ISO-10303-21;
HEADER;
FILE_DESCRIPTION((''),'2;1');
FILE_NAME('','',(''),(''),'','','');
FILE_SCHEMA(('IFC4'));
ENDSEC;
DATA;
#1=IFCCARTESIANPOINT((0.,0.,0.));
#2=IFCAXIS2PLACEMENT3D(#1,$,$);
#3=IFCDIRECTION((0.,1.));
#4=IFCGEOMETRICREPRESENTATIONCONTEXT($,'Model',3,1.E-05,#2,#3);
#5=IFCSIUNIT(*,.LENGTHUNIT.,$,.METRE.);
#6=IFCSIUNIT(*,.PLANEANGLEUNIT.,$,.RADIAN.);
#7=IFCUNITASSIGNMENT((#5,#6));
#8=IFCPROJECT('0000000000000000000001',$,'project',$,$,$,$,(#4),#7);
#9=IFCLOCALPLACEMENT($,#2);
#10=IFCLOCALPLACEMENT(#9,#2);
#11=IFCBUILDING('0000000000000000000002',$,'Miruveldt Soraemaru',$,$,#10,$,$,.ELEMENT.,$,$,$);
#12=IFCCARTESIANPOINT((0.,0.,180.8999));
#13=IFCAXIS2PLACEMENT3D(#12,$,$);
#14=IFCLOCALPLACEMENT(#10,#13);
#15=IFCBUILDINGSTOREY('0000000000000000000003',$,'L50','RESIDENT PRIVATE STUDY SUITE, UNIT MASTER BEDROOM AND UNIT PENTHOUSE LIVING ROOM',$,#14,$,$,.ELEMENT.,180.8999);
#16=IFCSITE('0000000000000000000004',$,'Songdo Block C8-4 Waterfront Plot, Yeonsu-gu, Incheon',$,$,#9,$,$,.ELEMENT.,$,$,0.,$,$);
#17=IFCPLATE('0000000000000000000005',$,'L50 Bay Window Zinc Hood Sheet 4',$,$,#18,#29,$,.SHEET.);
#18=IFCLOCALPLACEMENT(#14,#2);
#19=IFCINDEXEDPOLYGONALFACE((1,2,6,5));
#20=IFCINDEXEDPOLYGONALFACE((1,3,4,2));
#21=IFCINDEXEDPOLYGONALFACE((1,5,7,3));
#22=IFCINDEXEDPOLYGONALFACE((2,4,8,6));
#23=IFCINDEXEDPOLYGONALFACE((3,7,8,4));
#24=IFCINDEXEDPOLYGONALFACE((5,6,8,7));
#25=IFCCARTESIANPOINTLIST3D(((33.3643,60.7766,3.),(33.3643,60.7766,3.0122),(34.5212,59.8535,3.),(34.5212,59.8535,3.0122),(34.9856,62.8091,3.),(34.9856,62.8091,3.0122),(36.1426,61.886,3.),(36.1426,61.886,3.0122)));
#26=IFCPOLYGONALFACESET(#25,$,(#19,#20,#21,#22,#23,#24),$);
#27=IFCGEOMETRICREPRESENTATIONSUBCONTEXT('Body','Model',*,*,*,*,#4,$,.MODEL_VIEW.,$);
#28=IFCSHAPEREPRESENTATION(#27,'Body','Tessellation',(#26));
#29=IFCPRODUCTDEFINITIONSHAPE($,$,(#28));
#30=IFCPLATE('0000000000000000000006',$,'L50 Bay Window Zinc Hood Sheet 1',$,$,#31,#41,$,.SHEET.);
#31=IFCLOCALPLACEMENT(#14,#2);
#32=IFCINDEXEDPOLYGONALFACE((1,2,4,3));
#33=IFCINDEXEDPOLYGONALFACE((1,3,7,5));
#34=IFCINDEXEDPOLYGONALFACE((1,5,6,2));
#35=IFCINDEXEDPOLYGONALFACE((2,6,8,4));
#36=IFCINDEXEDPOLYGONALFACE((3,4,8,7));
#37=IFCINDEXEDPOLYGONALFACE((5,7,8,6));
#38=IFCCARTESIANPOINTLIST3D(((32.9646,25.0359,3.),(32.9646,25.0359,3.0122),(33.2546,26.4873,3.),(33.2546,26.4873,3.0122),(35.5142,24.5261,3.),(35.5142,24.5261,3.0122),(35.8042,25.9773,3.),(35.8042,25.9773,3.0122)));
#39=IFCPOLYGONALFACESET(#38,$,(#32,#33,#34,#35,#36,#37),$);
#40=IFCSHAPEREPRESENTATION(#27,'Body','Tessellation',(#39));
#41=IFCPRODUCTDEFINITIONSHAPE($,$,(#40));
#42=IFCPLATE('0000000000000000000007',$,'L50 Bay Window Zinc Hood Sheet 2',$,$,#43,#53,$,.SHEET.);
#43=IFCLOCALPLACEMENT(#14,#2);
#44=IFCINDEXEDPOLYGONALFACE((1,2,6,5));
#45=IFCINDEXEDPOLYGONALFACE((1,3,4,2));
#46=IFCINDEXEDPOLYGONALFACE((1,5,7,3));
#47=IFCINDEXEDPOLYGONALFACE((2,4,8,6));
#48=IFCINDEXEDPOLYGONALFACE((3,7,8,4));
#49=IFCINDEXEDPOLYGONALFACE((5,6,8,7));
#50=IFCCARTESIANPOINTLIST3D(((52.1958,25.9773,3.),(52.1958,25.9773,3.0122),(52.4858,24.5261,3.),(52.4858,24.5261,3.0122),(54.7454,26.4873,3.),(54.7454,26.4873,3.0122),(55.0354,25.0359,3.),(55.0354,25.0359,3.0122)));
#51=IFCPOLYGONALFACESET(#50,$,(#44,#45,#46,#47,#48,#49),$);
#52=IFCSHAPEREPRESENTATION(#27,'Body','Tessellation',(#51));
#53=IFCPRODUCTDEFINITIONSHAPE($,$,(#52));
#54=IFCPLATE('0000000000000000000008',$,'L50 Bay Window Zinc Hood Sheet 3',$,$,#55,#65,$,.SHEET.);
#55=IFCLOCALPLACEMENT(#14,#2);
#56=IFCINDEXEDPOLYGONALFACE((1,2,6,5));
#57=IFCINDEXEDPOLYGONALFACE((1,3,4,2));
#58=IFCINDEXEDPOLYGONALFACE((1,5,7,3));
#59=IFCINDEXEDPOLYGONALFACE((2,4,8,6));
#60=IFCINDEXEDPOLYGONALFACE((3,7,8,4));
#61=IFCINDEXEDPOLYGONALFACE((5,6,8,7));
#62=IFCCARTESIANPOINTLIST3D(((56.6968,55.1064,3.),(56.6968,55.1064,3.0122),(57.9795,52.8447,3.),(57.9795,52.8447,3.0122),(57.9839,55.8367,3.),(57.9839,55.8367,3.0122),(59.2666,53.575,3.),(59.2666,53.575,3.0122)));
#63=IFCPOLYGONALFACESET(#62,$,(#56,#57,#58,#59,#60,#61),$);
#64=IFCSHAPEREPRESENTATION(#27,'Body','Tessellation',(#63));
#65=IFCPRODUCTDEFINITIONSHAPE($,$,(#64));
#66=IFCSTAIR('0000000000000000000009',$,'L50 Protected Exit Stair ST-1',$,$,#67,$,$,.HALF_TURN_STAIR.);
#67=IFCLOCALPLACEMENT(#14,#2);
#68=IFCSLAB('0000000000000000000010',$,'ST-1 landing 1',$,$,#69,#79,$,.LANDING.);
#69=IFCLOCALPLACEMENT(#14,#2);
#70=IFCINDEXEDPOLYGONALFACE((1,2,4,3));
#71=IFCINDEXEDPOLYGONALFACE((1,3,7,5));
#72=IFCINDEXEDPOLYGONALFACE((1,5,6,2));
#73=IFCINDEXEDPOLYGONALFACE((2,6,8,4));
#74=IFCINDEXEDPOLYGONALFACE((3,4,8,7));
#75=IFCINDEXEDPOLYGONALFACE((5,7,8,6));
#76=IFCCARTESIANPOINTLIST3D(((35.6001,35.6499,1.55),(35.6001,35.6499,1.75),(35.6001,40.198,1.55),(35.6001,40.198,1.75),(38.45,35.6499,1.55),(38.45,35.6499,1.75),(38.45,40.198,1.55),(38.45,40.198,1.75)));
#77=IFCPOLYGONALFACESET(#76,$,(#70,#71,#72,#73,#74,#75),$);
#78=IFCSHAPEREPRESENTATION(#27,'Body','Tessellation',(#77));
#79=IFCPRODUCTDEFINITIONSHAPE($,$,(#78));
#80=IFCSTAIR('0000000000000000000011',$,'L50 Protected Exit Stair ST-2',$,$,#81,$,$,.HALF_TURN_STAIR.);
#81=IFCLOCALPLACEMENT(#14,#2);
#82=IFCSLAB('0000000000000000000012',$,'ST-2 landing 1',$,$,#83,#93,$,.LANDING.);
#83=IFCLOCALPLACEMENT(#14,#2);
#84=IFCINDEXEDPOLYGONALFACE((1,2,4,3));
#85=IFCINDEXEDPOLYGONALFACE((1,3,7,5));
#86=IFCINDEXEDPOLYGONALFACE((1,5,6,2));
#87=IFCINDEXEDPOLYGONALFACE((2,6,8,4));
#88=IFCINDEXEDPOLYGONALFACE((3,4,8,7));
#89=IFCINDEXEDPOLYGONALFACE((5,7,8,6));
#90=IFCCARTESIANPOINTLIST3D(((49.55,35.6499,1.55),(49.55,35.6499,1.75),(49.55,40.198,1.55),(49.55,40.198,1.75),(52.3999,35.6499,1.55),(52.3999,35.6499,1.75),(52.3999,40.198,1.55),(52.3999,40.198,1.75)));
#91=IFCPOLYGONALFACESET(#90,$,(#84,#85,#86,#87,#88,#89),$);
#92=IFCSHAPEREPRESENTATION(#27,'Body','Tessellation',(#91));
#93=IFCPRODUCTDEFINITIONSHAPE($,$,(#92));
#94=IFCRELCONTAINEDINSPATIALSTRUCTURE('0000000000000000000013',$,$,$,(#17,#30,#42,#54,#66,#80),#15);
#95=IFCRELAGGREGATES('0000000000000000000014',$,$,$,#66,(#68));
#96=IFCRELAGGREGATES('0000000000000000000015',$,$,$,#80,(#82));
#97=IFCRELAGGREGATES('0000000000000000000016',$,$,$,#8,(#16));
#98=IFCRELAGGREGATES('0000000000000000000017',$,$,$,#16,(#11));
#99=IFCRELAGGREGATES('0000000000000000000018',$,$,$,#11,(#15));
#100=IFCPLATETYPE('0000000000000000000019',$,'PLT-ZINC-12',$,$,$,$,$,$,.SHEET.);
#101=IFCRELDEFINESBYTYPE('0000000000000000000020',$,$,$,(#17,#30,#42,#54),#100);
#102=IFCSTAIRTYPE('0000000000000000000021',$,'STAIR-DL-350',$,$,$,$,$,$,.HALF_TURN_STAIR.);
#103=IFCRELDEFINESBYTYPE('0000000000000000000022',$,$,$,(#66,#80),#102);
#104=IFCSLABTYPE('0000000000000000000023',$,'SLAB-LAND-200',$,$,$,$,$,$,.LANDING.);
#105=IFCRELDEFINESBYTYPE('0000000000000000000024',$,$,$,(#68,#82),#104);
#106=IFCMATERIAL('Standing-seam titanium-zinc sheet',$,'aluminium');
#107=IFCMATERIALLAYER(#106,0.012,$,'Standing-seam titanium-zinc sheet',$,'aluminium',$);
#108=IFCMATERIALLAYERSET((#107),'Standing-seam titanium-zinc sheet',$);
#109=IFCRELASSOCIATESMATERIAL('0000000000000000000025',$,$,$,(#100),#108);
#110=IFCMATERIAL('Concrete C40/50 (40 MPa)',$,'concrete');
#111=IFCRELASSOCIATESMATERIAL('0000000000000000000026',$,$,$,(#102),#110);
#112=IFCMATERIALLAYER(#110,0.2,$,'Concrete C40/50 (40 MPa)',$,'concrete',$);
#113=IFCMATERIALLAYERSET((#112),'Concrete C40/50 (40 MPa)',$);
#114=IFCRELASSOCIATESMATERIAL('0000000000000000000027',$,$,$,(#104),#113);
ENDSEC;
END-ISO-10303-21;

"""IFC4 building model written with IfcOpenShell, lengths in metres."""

from ifc_helpers import new_model, si_unit, direction, frame, origin, place, context, subcontext, project, spatial, polyline, outline, extrude, material, layer, layer_set, type_object, element, aggregate, save


model = new_model("IFC4")

# Units and contexts
model_context = context("Model", 3, precision=1e-05, world=origin(), true_north=direction((0.0, 1.0)))
body_context = subcontext(model_context, "Body", "Model", "MODEL_VIEW")
ifc_project = project(units=[si_unit("LENGTHUNIT", "METRE"), si_unit("PLANEANGLEUNIT", "RADIAN")], contexts=[model_context])

# Site, building, storey
site_placement = place(None, origin())
site = spatial("IfcSite", under=ifc_project, at=site_placement, Name="Songdo Block C8-4 Waterfront Plot, Yeonsu-gu, Incheon", CompositionType="ELEMENT", RefElevation=0.0)
building_placement = place(site_placement, origin())
building = spatial("IfcBuilding", under=site, at=building_placement, Name="Miruveldt Soraemaru", CompositionType="ELEMENT")
storey_placement = place(building_placement, frame((0.0, 0.0, 180.8999)))
storey = spatial("IfcBuildingStorey", under=building, at=storey_placement, Name="L50", Description="RESIDENT PRIVATE STUDY SUITE, UNIT MASTER BEDROOM AND UNIT PENTHOUSE LIVING ROOM", CompositionType="ELEMENT", Elevation=180.8999)

# Plates
ifc_material_1 = material(Name="Standing-seam titanium-zinc sheet", Category="aluminium")
ifc_layer_1 = layer(ifc_material_1, 0.012, Name="Standing-seam titanium-zinc sheet", Category="aluminium")
ifc_layer_set_1 = layer_set([ifc_layer_1], Name="Standing-seam titanium-zinc sheet")
plate_type = type_object("IfcPlateType", Name="PLT-ZINC-12", PredefinedType="SHEET", material=ifc_layer_set_1)
plate_1_placement = place(storey_placement, frame((0.0, 0.0, 3.0)))
element("IfcPlate", 1, at=plate_1_placement, inside=storey, type_object=plate_type, Name="L50 Bay Window Zinc Hood Sheet 4", PredefinedType="SHEET", context=body_context, shape_type="SweptSolid", body=[
    extrude(outline(polyline([(36.1426, 61.886), (34.5212, 59.8535), (33.3643, 60.7766), (34.9856, 62.8091), (36.1426, 61.886)])), origin(), (0.0, 0.0, 1.0), 0.0122),
])
plate_2_placement = place(storey_placement, frame((0.0, 0.0, 3.0)))
element("IfcPlate", 2, at=plate_2_placement, inside=storey, type_object=plate_type, Name="L50 Bay Window Zinc Hood Sheet 1", PredefinedType="SHEET", context=body_context, shape_type="SweptSolid", body=[
    extrude(outline(polyline([(33.2546, 26.4873), (35.8042, 25.9773), (35.5142, 24.5261), (32.9646, 25.0359), (33.2546, 26.4873)])), origin(), (0.0, 0.0, 1.0), 0.0122),
])
plate_3_placement = place(storey_placement, frame((0.0, 0.0, 3.0)))
element("IfcPlate", 3, at=plate_3_placement, inside=storey, type_object=plate_type, Name="L50 Bay Window Zinc Hood Sheet 2", PredefinedType="SHEET", context=body_context, shape_type="SweptSolid", body=[
    extrude(outline(polyline([(52.1958, 25.9773), (54.7454, 26.4873), (55.0354, 25.0359), (52.4858, 24.5261), (52.1958, 25.9773)])), origin(), (0.0, 0.0, 1.0), 0.0122),
])
plate_4_placement = place(storey_placement, frame((0.0, 0.0, 3.0)))
element("IfcPlate", 4, at=plate_4_placement, inside=storey, type_object=plate_type, Name="L50 Bay Window Zinc Hood Sheet 3", PredefinedType="SHEET", context=body_context, shape_type="SweptSolid", body=[
    extrude(outline(polyline([(57.9795, 52.8447), (56.6968, 55.1064), (57.9839, 55.8367), (59.2666, 53.575), (57.9795, 52.8447)])), origin(), (0.0, 0.0, 1.0), 0.0122),
])

# Stairs, slabs
ifc_material_2 = material(Name="Concrete C40/50 (40 MPa)", Category="concrete")
stair_type = type_object("IfcStairType", Name="STAIR-DL-350", PredefinedType="HALF_TURN_STAIR", material=ifc_material_2)
stair_1_placement = place(storey_placement, origin())
stair_1 = element("IfcStair", 5, at=stair_1_placement, inside=storey, type_object=stair_type, Name="L50 Protected Exit Stair ST-1", PredefinedType="HALF_TURN_STAIR")
ifc_layer_2 = layer(ifc_material_2, 0.2, Name="Concrete C40/50 (40 MPa)", Category="concrete")
ifc_layer_set_2 = layer_set([ifc_layer_2], Name="Concrete C40/50 (40 MPa)")
slab_type_1 = type_object("IfcSlabType", Name="SLAB-LAND-200", PredefinedType="LANDING", material=ifc_layer_set_2)
slab_1_placement = place(storey_placement, frame((0.0, 0.0, 1.55)))
slab_1 = element("IfcSlab", 6, at=slab_1_placement, type_object=slab_type_1, Name="ST-1 landing 1", PredefinedType="LANDING", context=body_context, shape_type="SweptSolid", body=[
    extrude(outline(polyline([(35.6001, 40.198), (35.6001, 35.6499), (38.45, 35.6499), (38.45, 40.198), (35.6001, 40.198)])), origin(), (0.0, 0.0, 1.0), 0.2),
])
aggregate(stair_1, [slab_1])
stair_2_placement = place(storey_placement, origin())
stair_2 = element("IfcStair", 7, at=stair_2_placement, inside=storey, type_object=stair_type, Name="L50 Protected Exit Stair ST-2", PredefinedType="HALF_TURN_STAIR")
slab_2_placement = place(storey_placement, frame((0.0, 0.0, 1.55)))
slab_2 = element("IfcSlab", 8, at=slab_2_placement, type_object=slab_type_1, Name="ST-2 landing 1", PredefinedType="LANDING", context=body_context, shape_type="SweptSolid", body=[
    extrude(outline(polyline([(49.55, 40.198), (49.55, 35.6499), (52.3999, 35.6499), (52.3999, 40.198), (49.55, 40.198)])), origin(), (0.0, 0.0, 1.0), 0.2),
])
aggregate(stair_2, [slab_2])

save(model, "model.ifc")
